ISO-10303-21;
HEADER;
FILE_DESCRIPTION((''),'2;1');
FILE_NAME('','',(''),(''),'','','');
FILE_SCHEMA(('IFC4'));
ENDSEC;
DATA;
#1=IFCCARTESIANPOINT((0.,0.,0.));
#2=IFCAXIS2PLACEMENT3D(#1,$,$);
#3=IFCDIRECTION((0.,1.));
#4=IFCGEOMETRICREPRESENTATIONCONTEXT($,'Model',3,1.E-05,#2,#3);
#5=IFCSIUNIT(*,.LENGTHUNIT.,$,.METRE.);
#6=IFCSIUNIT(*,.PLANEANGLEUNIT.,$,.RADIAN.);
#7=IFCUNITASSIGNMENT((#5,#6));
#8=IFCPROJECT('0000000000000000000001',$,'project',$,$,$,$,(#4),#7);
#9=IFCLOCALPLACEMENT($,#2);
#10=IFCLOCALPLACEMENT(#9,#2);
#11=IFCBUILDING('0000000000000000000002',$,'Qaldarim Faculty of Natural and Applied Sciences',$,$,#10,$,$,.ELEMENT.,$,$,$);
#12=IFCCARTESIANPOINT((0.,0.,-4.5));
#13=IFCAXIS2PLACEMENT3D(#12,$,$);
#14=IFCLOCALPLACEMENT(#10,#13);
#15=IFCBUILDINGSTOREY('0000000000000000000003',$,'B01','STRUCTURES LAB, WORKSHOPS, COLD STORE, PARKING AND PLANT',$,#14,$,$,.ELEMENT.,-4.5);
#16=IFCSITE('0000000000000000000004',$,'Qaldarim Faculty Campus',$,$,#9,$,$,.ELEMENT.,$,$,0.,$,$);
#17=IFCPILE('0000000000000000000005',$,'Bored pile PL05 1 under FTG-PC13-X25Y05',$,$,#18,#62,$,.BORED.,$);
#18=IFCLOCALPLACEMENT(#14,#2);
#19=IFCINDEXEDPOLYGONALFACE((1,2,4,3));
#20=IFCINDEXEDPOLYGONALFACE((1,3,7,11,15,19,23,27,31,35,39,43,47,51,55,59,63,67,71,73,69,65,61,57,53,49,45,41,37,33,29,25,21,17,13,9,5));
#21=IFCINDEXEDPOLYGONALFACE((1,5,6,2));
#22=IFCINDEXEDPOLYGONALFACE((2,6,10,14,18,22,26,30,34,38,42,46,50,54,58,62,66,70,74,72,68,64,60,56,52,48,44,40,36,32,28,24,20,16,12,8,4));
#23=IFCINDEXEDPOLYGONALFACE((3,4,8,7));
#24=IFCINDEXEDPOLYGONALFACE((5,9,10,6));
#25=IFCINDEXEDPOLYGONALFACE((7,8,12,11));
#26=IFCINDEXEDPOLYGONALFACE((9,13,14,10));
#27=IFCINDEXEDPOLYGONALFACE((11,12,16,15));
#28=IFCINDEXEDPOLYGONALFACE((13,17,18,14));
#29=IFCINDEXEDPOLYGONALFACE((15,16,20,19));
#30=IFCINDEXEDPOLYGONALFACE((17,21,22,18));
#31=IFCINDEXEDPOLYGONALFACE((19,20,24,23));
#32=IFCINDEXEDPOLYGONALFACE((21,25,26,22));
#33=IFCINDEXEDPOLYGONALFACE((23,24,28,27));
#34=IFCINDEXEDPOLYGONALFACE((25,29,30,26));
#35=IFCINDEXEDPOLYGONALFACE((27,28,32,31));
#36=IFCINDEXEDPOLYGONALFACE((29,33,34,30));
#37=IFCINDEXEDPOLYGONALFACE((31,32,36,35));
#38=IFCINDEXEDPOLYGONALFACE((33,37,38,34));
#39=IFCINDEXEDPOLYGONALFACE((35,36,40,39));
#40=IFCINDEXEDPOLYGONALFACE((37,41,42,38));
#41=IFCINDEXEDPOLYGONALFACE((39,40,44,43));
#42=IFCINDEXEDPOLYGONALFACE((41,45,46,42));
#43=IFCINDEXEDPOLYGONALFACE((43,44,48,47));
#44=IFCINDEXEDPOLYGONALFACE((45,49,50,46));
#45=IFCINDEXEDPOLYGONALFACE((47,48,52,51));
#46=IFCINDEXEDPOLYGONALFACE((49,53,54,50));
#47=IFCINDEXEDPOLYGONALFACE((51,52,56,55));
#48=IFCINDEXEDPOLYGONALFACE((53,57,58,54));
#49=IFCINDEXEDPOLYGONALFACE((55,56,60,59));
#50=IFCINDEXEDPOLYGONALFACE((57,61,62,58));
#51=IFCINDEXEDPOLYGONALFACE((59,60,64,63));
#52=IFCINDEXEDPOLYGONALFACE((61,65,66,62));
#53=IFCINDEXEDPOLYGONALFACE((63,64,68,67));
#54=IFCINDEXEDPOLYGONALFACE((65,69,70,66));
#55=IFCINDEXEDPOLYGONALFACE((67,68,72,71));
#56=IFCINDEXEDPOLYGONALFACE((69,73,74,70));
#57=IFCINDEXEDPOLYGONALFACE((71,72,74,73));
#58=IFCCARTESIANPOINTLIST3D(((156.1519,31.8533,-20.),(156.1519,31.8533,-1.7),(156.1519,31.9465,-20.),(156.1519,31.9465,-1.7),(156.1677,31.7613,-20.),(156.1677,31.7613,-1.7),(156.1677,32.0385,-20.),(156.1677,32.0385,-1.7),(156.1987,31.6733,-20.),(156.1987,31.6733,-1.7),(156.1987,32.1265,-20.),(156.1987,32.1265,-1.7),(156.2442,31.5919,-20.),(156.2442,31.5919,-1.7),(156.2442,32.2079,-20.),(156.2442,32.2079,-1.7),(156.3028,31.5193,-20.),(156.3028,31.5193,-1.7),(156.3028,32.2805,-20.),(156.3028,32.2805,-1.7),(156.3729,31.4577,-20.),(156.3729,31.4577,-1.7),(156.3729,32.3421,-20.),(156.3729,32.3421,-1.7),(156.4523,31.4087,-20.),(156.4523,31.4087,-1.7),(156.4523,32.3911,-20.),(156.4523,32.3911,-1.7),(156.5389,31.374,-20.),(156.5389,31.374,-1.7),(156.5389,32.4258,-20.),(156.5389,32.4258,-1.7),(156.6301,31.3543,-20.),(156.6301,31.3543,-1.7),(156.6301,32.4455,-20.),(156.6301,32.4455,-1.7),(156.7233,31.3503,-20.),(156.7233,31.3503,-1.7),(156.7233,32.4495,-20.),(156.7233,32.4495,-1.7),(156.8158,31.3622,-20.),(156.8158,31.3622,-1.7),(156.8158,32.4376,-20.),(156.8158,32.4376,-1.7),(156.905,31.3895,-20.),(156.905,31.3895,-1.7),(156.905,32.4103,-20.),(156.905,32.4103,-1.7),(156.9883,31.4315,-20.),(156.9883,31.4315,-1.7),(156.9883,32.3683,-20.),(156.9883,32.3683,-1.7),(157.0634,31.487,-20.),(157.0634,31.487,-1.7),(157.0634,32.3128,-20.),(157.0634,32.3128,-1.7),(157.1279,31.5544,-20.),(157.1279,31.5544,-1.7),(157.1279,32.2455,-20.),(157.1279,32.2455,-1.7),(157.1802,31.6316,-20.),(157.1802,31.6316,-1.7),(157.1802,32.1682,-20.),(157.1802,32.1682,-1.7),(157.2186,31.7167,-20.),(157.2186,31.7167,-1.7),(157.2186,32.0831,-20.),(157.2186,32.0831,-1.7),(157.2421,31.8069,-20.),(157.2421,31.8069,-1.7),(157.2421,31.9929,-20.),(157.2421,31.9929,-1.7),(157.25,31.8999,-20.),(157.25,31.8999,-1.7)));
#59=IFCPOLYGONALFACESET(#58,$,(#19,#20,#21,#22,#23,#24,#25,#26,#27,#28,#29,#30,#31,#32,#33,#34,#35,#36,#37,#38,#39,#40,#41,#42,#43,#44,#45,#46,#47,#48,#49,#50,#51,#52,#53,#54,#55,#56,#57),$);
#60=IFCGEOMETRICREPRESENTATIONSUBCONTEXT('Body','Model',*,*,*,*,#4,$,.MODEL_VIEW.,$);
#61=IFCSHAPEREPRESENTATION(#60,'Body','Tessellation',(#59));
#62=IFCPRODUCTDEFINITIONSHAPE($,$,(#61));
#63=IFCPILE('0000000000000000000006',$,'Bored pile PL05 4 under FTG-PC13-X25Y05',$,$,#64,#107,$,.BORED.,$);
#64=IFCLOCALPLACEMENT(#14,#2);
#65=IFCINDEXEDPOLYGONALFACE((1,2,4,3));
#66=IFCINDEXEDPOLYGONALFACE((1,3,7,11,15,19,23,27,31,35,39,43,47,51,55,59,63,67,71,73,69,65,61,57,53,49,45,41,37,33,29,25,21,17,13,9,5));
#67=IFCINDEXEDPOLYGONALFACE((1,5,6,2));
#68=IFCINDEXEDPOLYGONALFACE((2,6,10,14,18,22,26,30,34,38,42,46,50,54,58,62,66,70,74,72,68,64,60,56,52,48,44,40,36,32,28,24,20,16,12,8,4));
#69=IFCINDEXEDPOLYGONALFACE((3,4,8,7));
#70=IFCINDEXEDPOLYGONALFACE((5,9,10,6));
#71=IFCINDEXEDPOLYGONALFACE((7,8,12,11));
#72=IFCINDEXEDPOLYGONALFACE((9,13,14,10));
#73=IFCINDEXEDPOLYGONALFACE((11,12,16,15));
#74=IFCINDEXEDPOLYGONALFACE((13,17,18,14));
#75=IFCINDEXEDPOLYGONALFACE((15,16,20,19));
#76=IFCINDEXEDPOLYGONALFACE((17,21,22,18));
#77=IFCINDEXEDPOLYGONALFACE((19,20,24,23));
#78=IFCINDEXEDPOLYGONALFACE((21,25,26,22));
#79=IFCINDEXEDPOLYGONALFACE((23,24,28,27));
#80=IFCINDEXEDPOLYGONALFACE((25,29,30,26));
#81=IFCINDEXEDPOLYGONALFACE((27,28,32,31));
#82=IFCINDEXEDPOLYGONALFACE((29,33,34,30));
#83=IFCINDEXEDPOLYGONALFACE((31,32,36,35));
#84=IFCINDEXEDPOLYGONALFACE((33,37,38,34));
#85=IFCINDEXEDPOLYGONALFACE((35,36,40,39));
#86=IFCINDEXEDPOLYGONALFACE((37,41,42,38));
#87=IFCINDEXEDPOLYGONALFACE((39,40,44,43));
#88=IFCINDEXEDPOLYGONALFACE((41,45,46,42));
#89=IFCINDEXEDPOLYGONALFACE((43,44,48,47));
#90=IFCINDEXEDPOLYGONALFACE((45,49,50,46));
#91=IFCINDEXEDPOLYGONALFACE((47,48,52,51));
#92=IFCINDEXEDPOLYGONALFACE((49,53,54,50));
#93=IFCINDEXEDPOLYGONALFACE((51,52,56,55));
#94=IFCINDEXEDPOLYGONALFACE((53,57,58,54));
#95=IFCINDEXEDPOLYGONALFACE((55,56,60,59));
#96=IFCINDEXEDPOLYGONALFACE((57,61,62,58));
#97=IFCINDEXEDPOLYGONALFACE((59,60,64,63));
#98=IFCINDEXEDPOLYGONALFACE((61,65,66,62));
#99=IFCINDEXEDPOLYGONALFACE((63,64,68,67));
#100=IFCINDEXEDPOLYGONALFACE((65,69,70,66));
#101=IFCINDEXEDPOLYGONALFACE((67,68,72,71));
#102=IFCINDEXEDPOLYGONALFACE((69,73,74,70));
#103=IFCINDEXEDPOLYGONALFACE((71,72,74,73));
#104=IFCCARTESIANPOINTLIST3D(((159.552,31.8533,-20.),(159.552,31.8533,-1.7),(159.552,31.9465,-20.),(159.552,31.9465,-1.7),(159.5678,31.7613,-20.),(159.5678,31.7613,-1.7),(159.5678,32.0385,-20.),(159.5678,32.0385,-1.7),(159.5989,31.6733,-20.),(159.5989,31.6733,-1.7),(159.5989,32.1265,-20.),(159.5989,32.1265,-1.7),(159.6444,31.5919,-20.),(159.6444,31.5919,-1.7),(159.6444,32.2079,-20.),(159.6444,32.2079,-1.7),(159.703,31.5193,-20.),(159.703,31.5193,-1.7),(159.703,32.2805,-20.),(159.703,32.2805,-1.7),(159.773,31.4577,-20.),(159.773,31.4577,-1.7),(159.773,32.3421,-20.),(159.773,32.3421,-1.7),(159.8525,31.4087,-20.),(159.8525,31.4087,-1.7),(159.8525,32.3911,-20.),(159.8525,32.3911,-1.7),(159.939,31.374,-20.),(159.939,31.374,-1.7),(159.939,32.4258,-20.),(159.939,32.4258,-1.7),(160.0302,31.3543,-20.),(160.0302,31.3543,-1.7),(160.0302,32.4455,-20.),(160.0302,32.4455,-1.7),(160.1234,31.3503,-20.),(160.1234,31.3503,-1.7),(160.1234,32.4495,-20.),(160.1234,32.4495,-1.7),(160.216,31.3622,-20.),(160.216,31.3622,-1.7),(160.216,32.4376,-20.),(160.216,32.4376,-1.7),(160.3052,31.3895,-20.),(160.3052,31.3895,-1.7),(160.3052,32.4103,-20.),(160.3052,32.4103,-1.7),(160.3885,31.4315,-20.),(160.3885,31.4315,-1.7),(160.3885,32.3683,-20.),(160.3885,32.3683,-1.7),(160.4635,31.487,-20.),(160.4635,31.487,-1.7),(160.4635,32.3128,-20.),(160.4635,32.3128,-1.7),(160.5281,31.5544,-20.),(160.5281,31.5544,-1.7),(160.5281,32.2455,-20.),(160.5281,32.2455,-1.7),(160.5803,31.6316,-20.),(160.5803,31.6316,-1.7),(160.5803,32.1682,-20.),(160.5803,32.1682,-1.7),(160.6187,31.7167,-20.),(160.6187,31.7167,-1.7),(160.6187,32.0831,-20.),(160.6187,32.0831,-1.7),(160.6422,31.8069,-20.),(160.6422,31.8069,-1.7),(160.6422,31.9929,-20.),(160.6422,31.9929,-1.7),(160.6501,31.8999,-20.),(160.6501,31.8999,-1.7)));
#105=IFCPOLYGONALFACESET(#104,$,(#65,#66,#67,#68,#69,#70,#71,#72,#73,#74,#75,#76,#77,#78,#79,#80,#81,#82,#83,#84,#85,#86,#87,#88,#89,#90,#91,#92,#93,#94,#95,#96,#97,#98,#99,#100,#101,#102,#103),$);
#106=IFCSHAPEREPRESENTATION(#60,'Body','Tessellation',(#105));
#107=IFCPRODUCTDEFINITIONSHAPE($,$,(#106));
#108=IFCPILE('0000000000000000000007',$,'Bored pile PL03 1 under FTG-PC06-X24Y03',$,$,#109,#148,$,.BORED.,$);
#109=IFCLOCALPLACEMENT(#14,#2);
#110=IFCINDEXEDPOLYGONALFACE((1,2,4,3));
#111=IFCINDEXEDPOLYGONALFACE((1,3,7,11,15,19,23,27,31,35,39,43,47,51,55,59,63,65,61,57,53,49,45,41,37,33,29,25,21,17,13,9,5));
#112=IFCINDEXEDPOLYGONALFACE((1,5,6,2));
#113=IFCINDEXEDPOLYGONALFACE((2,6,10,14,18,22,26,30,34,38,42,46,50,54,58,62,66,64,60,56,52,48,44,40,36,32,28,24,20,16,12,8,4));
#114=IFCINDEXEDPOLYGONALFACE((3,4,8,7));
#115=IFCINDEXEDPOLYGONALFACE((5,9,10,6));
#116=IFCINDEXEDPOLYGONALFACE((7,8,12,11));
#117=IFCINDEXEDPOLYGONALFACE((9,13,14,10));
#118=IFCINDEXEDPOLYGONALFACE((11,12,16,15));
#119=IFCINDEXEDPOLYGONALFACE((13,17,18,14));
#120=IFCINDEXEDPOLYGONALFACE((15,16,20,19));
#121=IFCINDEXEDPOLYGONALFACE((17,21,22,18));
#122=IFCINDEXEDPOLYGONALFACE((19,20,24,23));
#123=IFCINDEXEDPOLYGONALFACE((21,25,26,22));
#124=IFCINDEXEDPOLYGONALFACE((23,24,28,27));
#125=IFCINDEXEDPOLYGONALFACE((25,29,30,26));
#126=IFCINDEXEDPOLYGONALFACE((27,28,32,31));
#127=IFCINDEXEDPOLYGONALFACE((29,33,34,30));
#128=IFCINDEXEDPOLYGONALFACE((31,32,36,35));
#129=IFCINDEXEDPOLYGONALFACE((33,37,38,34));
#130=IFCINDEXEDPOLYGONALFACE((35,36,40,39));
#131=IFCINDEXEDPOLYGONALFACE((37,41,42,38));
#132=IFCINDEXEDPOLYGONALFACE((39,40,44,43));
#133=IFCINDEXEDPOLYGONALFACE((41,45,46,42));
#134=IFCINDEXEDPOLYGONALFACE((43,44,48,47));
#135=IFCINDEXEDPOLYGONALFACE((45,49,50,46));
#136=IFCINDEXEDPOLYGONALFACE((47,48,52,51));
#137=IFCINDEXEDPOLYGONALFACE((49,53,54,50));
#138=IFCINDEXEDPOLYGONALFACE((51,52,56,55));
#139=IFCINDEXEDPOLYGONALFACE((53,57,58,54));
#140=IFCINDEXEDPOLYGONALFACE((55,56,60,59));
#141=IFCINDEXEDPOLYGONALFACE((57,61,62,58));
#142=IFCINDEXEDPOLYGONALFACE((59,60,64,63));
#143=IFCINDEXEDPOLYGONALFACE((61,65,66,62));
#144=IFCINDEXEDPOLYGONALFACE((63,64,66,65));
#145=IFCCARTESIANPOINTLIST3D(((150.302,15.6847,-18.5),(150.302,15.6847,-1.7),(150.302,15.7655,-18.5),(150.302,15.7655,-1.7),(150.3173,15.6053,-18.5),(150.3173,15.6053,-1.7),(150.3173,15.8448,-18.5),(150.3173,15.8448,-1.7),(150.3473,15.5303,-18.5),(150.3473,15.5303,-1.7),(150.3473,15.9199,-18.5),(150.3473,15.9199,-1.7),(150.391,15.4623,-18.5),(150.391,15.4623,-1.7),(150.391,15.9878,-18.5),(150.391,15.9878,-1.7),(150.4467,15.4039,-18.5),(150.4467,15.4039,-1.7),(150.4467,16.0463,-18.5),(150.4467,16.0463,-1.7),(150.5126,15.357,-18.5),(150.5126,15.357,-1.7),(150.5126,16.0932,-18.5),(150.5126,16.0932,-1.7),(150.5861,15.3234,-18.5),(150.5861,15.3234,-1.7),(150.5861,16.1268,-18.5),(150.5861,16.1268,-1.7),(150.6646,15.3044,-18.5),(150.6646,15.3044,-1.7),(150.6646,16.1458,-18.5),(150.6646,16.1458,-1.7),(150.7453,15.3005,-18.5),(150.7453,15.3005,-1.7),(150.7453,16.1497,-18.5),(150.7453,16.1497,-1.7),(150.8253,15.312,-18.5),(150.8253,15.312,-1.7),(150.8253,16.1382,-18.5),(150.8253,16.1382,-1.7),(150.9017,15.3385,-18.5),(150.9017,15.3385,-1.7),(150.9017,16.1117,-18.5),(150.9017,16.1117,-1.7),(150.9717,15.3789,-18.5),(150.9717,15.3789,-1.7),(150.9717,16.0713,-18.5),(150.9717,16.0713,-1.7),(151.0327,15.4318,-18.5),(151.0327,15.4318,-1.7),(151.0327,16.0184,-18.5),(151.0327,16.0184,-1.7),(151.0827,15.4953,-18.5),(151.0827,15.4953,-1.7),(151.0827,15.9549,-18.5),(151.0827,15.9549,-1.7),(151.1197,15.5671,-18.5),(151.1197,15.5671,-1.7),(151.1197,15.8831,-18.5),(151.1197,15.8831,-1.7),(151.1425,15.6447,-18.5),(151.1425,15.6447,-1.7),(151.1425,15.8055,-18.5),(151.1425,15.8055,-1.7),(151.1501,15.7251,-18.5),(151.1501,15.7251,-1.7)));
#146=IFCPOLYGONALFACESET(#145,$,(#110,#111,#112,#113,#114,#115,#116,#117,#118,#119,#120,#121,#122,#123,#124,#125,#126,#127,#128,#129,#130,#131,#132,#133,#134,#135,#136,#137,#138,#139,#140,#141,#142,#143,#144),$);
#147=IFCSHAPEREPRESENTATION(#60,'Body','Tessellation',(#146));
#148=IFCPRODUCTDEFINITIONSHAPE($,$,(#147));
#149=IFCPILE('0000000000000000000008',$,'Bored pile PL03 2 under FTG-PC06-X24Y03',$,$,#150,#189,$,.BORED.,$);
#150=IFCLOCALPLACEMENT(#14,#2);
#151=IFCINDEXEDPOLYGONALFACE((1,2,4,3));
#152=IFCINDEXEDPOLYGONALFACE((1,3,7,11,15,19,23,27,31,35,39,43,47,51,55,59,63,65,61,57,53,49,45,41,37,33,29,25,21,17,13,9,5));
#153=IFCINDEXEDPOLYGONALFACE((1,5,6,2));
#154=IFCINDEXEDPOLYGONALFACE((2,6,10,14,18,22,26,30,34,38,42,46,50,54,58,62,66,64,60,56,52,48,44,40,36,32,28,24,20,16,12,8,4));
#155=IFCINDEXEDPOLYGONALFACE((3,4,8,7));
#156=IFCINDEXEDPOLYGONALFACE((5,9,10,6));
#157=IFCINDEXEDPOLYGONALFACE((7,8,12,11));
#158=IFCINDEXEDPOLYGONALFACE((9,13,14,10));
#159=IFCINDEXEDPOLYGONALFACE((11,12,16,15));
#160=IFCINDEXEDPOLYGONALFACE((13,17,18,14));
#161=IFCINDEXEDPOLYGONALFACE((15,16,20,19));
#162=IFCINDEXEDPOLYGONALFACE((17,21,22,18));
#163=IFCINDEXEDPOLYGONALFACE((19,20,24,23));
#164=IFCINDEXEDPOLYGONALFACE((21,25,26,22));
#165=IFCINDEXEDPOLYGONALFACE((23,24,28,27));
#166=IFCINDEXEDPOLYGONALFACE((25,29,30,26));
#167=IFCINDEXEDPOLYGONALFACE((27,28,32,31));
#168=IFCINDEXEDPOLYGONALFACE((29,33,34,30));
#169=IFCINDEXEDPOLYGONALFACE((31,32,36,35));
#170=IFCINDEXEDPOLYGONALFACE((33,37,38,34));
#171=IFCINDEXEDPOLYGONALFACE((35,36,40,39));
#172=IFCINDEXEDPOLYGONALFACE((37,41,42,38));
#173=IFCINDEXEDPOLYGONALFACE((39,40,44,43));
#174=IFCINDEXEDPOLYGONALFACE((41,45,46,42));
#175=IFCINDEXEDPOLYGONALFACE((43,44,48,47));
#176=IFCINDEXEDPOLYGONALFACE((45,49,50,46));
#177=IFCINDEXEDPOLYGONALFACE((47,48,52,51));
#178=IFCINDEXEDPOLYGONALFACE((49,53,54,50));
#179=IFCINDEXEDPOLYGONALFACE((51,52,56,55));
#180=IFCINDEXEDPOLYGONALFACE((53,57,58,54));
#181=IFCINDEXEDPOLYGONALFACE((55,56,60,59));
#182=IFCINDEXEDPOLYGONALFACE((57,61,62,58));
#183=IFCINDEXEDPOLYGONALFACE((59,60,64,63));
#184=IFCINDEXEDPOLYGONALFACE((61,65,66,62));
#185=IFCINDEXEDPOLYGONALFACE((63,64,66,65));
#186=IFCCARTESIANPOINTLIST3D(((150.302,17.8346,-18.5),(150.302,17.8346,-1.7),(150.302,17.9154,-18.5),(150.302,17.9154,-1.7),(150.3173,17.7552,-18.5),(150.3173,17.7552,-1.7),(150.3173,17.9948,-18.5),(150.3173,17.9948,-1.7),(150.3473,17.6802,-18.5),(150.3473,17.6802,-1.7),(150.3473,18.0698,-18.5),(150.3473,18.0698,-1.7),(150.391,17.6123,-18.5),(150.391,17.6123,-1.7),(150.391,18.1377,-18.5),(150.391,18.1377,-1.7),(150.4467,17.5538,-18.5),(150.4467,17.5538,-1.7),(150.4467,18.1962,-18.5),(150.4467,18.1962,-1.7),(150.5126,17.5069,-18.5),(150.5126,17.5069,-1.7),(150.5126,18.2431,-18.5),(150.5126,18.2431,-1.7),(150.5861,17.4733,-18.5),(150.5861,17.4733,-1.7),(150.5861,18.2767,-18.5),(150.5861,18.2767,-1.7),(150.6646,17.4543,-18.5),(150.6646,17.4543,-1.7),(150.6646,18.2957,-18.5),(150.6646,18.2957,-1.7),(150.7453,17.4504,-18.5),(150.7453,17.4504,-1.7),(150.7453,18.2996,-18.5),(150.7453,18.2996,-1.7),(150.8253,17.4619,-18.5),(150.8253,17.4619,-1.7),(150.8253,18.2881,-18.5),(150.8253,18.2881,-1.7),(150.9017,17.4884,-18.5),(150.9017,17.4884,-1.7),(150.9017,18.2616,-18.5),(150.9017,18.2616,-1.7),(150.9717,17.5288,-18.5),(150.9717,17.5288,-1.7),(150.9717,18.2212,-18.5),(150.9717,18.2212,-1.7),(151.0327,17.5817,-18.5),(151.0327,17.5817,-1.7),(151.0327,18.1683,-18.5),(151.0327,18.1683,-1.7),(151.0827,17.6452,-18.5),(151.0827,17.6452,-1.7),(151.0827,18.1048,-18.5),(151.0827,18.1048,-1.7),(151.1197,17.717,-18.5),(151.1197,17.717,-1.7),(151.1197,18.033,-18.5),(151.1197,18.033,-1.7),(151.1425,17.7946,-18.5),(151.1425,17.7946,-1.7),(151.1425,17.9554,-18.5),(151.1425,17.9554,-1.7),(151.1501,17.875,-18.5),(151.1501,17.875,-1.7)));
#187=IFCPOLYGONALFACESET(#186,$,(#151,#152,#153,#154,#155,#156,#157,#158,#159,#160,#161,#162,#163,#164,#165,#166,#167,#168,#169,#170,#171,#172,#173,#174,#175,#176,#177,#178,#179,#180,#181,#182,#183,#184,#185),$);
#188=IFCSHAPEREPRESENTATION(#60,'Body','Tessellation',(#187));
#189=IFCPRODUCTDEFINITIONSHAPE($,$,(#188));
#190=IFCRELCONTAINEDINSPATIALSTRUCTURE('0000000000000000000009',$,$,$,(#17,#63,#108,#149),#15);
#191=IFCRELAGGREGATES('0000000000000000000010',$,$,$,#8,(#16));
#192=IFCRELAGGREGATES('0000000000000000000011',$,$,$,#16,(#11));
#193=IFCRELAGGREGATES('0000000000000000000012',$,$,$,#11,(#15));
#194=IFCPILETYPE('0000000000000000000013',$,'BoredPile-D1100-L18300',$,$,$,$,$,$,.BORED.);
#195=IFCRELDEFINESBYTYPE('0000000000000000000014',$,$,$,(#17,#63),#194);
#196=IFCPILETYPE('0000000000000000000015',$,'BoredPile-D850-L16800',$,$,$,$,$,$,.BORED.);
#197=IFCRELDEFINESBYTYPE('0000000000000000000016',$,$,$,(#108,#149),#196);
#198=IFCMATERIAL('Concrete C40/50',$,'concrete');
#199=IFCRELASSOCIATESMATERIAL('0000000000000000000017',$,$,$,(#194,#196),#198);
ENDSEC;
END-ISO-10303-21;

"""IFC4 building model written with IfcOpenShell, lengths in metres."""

from ifc_helpers import new_model, si_unit, direction, frame, origin, origin_2d, place, context, subcontext, project, spatial, circle, extrude, material, material_profile, profile_set, type_object, element, save


model = new_model("IFC4")

# Units and contexts
model_context = context("Model", 3, precision=1e-05, world=origin(), true_north=direction((0.0, 1.0)))
body_context = subcontext(model_context, "Body", "Model", "MODEL_VIEW")
ifc_project = project(units=[si_unit("LENGTHUNIT", "METRE"), si_unit("PLANEANGLEUNIT", "RADIAN")], contexts=[model_context])

# Site, building, storey
site_placement = place(None, origin())
site = spatial("IfcSite", under=ifc_project, at=site_placement, Name="Qaldarim Faculty Campus", CompositionType="ELEMENT", RefElevation=0.0)
building_placement = place(site_placement, origin())
building = spatial("IfcBuilding", under=site, at=building_placement, Name="Qaldarim Faculty of Natural and Applied Sciences", CompositionType="ELEMENT")
storey_placement = place(building_placement, frame((0.0, 0.0, -4.5)))
storey = spatial("IfcBuildingStorey", under=building, at=storey_placement, Name="B01", Description="STRUCTURES LAB, WORKSHOPS, COLD STORE, PARKING AND PLANT", CompositionType="ELEMENT", Elevation=-4.5)

# Piles
ifc_material_1 = material(Name="Concrete C40/50", Category="concrete")
ifc_material_profile_1 = material_profile(ifc_material_1, circle(Radius=0.55, at=origin_2d()), Name="PILE-D1100")
ifc_profile_set_1 = profile_set([ifc_material_profile_1], Name="Concrete C40/50")
pile_type_1 = type_object("IfcPileType", Name="BoredPile-D1100-L18300", PredefinedType="BORED", material=ifc_profile_set_1)
for number, where, z_axis, x_axis, name in (
    (1, (156.7, 31.8999, -1.7), (0.0, 0.0, -1.0), (1.0, 0.0, 0.0), "Bored pile PL05 1 under FTG-PC13-X25Y05"),
    (2, (160.1001, 31.8999, -1.7), (0.0, 0.0, -1.0), (1.0, 0.0, 0.0), "Bored pile PL05 4 under FTG-PC13-X25Y05"),
):
    element("IfcPile", number, at=place(storey_placement, frame(where, z_axis=z_axis, x_axis=x_axis)), inside=storey, type_object=pile_type_1, Name=name, PredefinedType="BORED", context=body_context, shape_type="SweptSolid", body=[
        extrude(circle(Radius=0.55, at=origin_2d()), origin(), (0.0, 0.0, 1.0), 18.3),
    ])
ifc_material_profile_2 = material_profile(ifc_material_1, circle(Radius=0.425, at=origin_2d()), Name="PILE-D850")
ifc_profile_set_2 = profile_set([ifc_material_profile_2], Name="Concrete C40/50")
pile_type_2 = type_object("IfcPileType", Name="BoredPile-D850-L16800", PredefinedType="BORED", material=ifc_profile_set_2)
for number, where, z_axis, x_axis, name in (
    (3, (150.7251, 15.7251, -1.7), (0.0, 0.0, -1.0), (1.0, 0.0, 0.0), "Bored pile PL03 1 under FTG-PC06-X24Y03"),
    (4, (150.7251, 17.875, -1.7), (0.0, 0.0, -1.0), (1.0, 0.0, 0.0), "Bored pile PL03 2 under FTG-PC06-X24Y03"),
):
    element("IfcPile", number, at=place(storey_placement, frame(where, z_axis=z_axis, x_axis=x_axis)), inside=storey, type_object=pile_type_2, Name=name, PredefinedType="BORED", context=body_context, shape_type="SweptSolid", body=[
        extrude(circle(Radius=0.425, at=origin_2d()), origin(), (0.0, 0.0, 1.0), 16.8),
    ])

save(model, "model.ifc")
